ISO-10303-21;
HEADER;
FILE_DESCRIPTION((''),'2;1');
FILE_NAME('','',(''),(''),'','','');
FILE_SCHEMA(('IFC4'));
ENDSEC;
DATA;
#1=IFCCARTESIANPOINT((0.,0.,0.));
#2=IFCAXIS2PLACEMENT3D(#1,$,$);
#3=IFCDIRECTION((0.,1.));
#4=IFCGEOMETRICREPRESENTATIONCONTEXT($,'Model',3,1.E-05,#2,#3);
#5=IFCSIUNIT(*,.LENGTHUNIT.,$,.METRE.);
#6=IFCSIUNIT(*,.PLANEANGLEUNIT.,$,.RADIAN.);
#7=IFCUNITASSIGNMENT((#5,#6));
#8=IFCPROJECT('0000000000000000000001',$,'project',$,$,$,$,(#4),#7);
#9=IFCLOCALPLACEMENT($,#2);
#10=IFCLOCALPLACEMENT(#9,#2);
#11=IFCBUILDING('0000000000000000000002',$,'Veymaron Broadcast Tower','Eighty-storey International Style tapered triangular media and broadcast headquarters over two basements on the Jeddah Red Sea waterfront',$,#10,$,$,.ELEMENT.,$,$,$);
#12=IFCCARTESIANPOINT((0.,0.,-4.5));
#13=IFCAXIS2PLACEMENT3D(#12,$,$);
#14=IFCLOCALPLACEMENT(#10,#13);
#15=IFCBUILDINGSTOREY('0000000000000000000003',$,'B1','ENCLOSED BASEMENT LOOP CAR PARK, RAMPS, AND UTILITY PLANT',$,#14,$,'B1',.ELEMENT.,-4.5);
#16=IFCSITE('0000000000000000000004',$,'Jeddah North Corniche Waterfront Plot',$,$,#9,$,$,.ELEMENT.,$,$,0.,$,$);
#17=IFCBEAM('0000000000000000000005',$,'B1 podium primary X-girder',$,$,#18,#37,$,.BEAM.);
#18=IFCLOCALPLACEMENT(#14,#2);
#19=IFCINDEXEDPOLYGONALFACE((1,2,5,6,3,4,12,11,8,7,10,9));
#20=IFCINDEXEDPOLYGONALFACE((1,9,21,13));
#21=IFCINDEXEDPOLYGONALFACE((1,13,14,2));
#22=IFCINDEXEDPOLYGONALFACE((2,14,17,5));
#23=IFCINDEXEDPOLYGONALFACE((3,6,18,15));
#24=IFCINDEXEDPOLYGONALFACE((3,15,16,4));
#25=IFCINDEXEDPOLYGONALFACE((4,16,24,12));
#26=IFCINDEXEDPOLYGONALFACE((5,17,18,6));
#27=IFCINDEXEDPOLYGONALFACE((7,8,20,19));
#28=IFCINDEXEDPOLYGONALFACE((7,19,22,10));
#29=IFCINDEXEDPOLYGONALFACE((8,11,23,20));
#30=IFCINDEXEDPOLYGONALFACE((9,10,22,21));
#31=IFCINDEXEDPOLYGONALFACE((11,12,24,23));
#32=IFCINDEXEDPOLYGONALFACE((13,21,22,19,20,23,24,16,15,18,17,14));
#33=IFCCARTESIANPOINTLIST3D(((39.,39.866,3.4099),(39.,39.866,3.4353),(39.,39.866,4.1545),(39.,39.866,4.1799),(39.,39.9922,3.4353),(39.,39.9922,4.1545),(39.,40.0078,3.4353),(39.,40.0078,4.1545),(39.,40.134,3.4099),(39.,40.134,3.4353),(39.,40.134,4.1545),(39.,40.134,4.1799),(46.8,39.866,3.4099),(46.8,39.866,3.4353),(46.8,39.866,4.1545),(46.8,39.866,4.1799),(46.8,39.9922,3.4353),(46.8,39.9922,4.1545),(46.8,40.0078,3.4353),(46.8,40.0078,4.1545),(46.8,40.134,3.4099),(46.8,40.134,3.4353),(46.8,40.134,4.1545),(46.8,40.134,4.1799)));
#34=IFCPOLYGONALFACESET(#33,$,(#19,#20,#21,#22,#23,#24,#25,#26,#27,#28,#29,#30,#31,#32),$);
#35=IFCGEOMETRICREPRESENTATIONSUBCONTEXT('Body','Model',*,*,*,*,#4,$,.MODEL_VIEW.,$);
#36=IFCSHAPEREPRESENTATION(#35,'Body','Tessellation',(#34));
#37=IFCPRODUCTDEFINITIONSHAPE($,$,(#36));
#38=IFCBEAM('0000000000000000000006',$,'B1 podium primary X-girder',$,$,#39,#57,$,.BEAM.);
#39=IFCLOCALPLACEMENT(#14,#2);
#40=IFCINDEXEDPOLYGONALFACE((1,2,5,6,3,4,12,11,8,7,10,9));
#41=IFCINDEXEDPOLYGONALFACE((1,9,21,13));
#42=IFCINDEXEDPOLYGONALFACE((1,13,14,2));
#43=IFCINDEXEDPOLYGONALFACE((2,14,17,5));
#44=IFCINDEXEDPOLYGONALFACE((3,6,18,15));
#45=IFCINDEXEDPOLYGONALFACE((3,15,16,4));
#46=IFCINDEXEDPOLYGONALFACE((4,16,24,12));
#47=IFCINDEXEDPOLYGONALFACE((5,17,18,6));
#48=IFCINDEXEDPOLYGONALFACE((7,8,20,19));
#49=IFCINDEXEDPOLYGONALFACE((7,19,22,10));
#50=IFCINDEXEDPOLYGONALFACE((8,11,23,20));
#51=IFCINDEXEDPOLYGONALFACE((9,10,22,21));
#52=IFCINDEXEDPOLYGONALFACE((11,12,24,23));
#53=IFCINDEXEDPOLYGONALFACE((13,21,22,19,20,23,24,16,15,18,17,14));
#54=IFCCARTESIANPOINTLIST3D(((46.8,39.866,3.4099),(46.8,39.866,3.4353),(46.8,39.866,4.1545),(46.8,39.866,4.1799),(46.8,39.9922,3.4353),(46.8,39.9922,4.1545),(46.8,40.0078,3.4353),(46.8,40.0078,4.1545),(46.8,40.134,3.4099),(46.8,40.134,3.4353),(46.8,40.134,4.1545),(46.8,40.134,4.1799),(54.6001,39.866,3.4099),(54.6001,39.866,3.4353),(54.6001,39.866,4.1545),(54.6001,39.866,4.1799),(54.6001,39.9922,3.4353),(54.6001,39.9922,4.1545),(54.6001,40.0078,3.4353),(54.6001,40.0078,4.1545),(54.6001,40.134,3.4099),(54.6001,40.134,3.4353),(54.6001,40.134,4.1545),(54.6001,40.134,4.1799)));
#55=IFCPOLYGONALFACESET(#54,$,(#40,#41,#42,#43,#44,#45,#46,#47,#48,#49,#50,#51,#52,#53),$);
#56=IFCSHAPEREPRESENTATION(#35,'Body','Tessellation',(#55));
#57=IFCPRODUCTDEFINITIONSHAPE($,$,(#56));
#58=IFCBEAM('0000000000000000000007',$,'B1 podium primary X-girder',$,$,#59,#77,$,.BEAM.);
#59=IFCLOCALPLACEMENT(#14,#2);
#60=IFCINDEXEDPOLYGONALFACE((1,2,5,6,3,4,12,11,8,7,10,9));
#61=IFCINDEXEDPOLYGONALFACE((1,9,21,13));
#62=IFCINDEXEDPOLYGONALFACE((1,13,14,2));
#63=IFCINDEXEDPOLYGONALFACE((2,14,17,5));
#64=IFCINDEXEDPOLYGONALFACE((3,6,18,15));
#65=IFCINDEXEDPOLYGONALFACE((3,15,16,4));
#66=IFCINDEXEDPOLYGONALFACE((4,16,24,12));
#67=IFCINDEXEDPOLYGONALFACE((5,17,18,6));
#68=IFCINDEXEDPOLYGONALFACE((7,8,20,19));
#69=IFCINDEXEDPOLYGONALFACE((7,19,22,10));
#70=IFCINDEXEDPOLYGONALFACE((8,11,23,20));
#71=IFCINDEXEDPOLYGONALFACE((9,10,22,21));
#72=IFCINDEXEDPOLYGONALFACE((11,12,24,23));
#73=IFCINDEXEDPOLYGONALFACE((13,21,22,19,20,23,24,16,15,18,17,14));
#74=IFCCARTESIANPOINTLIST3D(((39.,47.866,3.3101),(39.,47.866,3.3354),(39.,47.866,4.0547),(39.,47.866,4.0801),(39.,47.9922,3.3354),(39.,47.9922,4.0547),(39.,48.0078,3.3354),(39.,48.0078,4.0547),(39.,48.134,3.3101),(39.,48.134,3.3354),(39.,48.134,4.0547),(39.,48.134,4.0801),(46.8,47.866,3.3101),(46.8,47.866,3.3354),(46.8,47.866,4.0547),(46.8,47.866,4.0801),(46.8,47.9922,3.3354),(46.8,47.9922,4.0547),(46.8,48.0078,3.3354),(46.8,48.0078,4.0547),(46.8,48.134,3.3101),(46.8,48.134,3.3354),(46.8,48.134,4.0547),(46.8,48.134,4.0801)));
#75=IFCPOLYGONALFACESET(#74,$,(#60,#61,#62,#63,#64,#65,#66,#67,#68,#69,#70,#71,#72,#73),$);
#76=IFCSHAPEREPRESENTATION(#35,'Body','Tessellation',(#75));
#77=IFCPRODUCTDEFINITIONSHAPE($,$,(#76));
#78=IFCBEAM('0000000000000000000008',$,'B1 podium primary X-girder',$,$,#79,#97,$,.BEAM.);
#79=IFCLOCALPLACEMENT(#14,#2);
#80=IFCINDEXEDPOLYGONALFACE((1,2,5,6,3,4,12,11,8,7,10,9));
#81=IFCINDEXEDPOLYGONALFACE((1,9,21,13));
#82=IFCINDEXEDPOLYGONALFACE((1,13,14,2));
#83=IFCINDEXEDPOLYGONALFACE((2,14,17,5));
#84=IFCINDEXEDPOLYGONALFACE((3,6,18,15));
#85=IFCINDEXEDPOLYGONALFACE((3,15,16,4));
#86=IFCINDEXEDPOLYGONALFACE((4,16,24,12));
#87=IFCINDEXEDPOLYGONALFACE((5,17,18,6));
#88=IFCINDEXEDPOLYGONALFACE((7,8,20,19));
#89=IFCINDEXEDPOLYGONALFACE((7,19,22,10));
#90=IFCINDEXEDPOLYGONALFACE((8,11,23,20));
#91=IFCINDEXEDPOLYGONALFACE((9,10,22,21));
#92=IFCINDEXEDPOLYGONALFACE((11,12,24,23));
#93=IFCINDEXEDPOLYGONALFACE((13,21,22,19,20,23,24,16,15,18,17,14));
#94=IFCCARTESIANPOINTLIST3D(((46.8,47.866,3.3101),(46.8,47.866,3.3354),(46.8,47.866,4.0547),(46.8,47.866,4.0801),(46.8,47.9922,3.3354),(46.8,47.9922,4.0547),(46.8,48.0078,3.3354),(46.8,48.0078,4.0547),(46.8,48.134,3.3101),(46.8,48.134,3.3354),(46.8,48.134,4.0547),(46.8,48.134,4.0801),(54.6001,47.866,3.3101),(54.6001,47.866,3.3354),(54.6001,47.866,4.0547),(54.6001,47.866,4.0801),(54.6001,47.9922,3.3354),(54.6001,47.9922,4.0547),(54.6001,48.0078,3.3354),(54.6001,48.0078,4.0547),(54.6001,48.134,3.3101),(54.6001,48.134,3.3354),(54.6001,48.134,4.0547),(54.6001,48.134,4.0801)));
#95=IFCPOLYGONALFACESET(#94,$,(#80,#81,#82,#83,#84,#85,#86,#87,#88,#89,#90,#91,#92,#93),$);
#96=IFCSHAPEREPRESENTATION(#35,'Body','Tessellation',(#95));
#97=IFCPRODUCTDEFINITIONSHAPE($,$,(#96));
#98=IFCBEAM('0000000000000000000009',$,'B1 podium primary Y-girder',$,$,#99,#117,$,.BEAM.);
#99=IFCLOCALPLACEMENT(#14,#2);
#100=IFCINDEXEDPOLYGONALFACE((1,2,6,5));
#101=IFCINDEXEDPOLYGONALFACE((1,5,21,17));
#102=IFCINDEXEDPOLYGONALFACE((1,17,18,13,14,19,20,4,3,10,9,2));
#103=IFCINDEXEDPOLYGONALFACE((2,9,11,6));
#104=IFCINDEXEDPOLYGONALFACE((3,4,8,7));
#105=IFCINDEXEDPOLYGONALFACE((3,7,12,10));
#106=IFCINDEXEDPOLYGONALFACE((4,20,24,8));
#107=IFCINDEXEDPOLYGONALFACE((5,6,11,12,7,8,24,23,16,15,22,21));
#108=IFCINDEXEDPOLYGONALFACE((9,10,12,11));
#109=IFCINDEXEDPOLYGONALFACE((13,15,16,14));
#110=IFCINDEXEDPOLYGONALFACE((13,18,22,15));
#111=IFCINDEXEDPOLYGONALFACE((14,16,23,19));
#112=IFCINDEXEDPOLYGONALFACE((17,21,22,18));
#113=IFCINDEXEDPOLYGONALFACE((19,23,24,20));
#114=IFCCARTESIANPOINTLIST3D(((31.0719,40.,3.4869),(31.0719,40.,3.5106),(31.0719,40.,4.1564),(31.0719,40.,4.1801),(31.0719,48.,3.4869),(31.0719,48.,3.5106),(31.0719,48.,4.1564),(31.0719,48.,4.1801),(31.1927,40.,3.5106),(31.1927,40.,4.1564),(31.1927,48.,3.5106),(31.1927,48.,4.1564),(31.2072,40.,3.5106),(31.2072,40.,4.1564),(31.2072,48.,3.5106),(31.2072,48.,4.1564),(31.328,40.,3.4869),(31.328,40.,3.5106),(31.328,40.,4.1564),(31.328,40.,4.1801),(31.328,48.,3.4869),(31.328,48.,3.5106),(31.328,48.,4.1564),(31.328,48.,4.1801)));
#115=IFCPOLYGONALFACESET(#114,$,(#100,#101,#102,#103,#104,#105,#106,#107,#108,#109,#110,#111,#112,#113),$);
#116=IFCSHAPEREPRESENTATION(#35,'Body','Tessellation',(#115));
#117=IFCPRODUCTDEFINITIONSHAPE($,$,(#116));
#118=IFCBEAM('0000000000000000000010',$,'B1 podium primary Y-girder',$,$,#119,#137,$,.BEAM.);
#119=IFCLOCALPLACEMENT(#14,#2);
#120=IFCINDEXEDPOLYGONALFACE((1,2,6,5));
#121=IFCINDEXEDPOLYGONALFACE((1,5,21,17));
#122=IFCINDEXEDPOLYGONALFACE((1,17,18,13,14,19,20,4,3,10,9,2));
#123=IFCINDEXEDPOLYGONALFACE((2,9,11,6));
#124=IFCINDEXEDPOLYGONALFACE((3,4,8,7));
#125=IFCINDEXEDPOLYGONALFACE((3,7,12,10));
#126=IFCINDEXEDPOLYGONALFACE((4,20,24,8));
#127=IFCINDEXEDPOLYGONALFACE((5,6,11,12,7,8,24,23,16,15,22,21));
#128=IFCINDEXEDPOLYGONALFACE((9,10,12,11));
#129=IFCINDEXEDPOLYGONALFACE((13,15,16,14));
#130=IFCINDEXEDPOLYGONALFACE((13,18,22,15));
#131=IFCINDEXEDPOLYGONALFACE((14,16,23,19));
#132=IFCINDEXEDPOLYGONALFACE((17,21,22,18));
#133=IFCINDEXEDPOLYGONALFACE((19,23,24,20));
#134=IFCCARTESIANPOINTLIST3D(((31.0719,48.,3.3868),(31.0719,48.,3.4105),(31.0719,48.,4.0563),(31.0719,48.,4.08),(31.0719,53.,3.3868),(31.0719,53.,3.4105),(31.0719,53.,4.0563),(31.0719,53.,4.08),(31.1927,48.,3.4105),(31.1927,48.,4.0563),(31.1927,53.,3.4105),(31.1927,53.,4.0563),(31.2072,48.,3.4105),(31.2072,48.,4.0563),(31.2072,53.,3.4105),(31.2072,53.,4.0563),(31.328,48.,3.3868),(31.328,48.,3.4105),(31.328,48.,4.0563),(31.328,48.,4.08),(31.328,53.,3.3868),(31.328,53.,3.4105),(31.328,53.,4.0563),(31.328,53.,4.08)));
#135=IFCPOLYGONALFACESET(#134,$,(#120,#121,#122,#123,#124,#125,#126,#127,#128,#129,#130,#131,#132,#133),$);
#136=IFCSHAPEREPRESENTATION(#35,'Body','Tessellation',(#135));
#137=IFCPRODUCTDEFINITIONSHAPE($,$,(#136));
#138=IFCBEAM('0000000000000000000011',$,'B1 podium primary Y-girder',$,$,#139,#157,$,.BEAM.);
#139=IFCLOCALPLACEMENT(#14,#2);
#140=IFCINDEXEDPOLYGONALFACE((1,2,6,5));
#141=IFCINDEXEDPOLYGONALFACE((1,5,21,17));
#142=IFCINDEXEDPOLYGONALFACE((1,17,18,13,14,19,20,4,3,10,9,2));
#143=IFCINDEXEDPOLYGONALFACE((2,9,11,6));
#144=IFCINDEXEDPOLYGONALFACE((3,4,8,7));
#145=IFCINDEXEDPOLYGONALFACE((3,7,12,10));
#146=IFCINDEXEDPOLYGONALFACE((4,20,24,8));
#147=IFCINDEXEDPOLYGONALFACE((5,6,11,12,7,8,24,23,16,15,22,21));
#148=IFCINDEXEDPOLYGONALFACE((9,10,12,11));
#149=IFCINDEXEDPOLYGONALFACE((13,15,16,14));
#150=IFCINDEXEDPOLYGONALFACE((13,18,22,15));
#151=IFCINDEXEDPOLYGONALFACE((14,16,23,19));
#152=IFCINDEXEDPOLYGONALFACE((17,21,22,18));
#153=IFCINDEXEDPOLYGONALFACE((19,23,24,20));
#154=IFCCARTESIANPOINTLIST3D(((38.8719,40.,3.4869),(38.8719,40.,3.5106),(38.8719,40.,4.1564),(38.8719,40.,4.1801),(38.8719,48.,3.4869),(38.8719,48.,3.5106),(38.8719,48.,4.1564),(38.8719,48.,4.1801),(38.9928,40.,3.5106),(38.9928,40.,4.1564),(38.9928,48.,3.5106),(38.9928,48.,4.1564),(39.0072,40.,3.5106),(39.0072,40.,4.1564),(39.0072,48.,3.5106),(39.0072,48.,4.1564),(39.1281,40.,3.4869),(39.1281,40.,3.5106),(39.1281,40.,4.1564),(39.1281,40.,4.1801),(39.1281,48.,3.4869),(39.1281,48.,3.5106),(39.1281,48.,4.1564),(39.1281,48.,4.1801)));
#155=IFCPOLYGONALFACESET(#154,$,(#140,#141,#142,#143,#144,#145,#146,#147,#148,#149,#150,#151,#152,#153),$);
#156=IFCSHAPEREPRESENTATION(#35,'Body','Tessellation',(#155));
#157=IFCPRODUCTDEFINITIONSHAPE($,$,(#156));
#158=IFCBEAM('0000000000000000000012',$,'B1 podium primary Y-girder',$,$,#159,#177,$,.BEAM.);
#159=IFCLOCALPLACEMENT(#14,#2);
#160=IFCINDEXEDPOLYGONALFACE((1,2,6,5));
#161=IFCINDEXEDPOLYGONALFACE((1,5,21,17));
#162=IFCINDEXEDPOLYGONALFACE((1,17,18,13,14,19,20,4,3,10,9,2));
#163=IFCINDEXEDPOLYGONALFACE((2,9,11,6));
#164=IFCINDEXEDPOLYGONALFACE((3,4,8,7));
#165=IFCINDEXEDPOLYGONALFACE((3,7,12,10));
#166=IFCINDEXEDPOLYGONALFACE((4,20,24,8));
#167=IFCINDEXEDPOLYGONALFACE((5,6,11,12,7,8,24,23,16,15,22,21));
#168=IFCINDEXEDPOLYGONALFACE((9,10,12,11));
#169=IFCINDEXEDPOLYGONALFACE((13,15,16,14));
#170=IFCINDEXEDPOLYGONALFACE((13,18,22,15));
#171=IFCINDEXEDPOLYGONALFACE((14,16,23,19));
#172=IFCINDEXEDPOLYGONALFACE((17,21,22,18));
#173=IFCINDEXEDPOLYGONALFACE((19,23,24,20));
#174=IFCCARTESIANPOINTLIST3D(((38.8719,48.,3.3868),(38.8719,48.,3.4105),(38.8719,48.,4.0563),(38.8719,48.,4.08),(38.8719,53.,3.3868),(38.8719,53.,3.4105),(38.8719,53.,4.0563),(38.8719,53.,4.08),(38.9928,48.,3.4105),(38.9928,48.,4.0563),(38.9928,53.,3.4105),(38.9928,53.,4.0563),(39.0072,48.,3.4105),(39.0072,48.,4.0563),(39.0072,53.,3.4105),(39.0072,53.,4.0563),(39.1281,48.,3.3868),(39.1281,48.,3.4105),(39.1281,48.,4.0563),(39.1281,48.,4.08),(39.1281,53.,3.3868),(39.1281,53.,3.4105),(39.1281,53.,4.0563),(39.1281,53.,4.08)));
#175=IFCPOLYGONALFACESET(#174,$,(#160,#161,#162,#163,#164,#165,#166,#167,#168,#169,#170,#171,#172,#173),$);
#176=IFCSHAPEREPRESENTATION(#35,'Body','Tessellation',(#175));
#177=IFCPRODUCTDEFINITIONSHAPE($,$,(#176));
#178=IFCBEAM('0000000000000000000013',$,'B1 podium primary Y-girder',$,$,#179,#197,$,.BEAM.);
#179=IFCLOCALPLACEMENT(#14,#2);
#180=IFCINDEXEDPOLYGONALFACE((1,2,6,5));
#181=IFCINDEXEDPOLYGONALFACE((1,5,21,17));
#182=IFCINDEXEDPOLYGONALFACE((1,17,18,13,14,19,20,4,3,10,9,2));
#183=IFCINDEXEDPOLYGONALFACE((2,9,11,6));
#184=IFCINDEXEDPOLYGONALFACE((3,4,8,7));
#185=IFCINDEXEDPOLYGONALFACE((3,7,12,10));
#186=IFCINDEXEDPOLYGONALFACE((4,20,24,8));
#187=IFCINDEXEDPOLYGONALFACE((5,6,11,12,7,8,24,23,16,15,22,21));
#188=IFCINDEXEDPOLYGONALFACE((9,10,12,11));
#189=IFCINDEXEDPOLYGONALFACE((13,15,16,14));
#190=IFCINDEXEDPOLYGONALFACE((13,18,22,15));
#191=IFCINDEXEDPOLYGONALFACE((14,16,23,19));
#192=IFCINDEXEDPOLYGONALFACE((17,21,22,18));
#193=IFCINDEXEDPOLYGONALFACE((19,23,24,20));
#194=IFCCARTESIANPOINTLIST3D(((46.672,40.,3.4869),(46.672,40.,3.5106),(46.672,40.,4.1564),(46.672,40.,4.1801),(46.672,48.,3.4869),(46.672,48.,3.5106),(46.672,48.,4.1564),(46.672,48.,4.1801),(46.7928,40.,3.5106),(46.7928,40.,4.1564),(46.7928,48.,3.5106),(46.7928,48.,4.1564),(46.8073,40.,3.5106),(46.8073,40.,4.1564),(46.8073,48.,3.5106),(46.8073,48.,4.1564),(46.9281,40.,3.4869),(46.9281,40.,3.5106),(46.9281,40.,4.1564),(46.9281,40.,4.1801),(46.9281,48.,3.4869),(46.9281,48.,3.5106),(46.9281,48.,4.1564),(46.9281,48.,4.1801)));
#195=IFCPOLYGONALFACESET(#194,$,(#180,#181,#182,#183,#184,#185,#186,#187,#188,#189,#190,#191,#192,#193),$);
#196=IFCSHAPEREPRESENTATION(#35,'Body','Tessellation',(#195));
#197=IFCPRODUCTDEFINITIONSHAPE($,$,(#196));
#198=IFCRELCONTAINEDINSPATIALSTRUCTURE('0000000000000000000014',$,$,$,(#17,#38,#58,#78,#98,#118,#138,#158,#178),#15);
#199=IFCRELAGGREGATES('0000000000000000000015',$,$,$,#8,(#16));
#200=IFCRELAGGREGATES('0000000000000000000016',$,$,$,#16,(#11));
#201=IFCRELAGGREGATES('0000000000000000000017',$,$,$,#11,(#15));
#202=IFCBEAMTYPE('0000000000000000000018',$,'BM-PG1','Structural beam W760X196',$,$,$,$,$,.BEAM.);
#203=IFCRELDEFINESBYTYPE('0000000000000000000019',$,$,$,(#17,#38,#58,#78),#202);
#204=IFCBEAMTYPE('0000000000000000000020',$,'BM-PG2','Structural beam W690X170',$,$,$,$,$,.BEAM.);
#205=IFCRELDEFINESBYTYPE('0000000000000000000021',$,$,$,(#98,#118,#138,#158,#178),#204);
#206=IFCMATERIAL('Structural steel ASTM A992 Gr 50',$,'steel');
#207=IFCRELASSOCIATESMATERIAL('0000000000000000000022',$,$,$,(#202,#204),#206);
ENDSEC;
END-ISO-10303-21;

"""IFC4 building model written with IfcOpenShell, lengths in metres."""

from ifc_helpers import new_model, si_unit, direction, frame, origin, origin_2d, place, context, subcontext, project, spatial, i_section, extrude, material, material_profile, profile_set, type_object, element, save


model = new_model("IFC4")

# Units and contexts
model_context = context("Model", 3, precision=1e-05, world=origin(), true_north=direction((0.0, 1.0)))
body_context = subcontext(model_context, "Body", "Model", "MODEL_VIEW")
ifc_project = project(units=[si_unit("LENGTHUNIT", "METRE"), si_unit("PLANEANGLEUNIT", "RADIAN")], contexts=[model_context])

# Site, building, storey
site_placement = place(None, origin())
site = spatial("IfcSite", under=ifc_project, at=site_placement, Name="Jeddah North Corniche Waterfront Plot", CompositionType="ELEMENT", RefElevation=0.0)
building_placement = place(site_placement, origin())
building = spatial("IfcBuilding", under=site, at=building_placement, Name="Veymaron Broadcast Tower", Description="Eighty-storey International Style tapered triangular media and broadcast headquarters over two basements on the Jeddah Red Sea waterfront", CompositionType="ELEMENT")
storey_placement = place(building_placement, frame((0.0, 0.0, -4.5)))
storey = spatial("IfcBuildingStorey", under=building, at=storey_placement, Name="B1", Description="ENCLOSED BASEMENT LOOP CAR PARK, RAMPS, AND UTILITY PLANT", LongName="B1", CompositionType="ELEMENT", Elevation=-4.5)

# Beams
ifc_material_1 = material(Name="Structural steel ASTM A992 Gr 50", Category="steel")
ifc_material_profile_1 = material_profile(ifc_material_1, i_section(OverallWidth=0.2681, OverallDepth=0.77, WebThickness=0.0156, FlangeThickness=0.0254, at=origin_2d()), Name="W760X196")
ifc_profile_set_1 = profile_set([ifc_material_profile_1], Name="Structural steel ASTM A992 Gr 50")
beam_type_1 = type_object("IfcBeamType", Name="BM-PG1", Description="Structural beam W760X196", PredefinedType="BEAM", material=ifc_profile_set_1)
for number, where, z_axis, x_axis, name in (
    (1, (39.0, 40.0, 3.7949), (1.0, 0.0, 0.0), (0.0, 1.0, 0.0), "B1 podium primary X-girder"),
    (2, (46.8, 40.0, 3.7949), (1.0, 0.0, 0.0), (0.0, 1.0, 0.0), "B1 podium primary X-girder"),
    (3, (39.0, 48.0, 3.6951), (1.0, 0.0, 0.0), (0.0, 1.0, 0.0), "B1 podium primary X-girder"),
    (4, (46.8, 48.0, 3.6951), (1.0, 0.0, 0.0), (0.0, 1.0, 0.0), "B1 podium primary X-girder"),
):
    element("IfcBeam", number, at=place(storey_placement, frame(where, z_axis=z_axis, x_axis=x_axis)), inside=storey, type_object=beam_type_1, Name=name, PredefinedType="BEAM", context=body_context, shape_type="SweptSolid", body=[
        extrude(i_section(OverallWidth=0.2681, OverallDepth=0.77, WebThickness=0.0156, FlangeThickness=0.0254, at=origin_2d()), origin(), (0.0, 0.0, 1.0), 7.8),
    ])
ifc_material_profile_2 = material_profile(ifc_material_1, i_section(OverallWidth=0.2561, OverallDepth=0.6931, WebThickness=0.0144, FlangeThickness=0.0237, at=origin_2d()), Name="W690X170")
ifc_profile_set_2 = profile_set([ifc_material_profile_2], Name="Structural steel ASTM A992 Gr 50")
beam_type_2 = type_object("IfcBeamType", Name="BM-PG2", Description="Structural beam W690X170", PredefinedType="BEAM", material=ifc_profile_set_2)
beam_1_placement = place(storey_placement, frame((31.2, 40.0, 3.8335), z_axis=(0.0, 1.0, 0.0), x_axis=(-1.0, 0.0, 0.0)))
element("IfcBeam", 5, at=beam_1_placement, inside=storey, type_object=beam_type_2, Name="B1 podium primary Y-girder", PredefinedType="BEAM", context=body_context, shape_type="SweptSolid", body=[
    extrude(i_section(OverallWidth=0.2561, OverallDepth=0.6931, WebThickness=0.0144, FlangeThickness=0.0237, at=origin_2d()), origin(), (0.0, 0.0, 1.0), 8.0),
])
beam_2_placement = place(storey_placement, frame((31.2, 48.0, 3.7334), z_axis=(0.0, 1.0, 0.0), x_axis=(-1.0, 0.0, 0.0)))
element("IfcBeam", 6, at=beam_2_placement, inside=storey, type_object=beam_type_2, Name="B1 podium primary Y-girder", PredefinedType="BEAM", context=body_context, shape_type="SweptSolid", body=[
    extrude(i_section(OverallWidth=0.2561, OverallDepth=0.6931, WebThickness=0.0144, FlangeThickness=0.0237, at=origin_2d()), origin(), (0.0, 0.0, 1.0), 5.0),
])
beam_3_placement = place(storey_placement, frame((39.0, 40.0, 3.8335), z_axis=(0.0, 1.0, 0.0), x_axis=(-1.0, 0.0, 0.0)))
element("IfcBeam", 7, at=beam_3_placement, inside=storey, type_object=beam_type_2, Name="B1 podium primary Y-girder", PredefinedType="BEAM", context=body_context, shape_type="SweptSolid", body=[
    extrude(i_section(OverallWidth=0.2561, OverallDepth=0.6931, WebThickness=0.0144, FlangeThickness=0.0237, at=origin_2d()), origin(), (0.0, 0.0, 1.0), 8.0),
])
beam_4_placement = place(storey_placement, frame((39.0, 48.0, 3.7334), z_axis=(0.0, 1.0, 0.0), x_axis=(-1.0, 0.0, 0.0)))
element("IfcBeam", 8, at=beam_4_placement, inside=storey, type_object=beam_type_2, Name="B1 podium primary Y-girder", PredefinedType="BEAM", context=body_context, shape_type="SweptSolid", body=[
    extrude(i_section(OverallWidth=0.2561, OverallDepth=0.6931, WebThickness=0.0144, FlangeThickness=0.0237, at=origin_2d()), origin(), (0.0, 0.0, 1.0), 5.0),
])
beam_5_placement = place(storey_placement, frame((46.8, 40.0, 3.8335), z_axis=(0.0, 1.0, 0.0), x_axis=(-1.0, 0.0, 0.0)))
element("IfcBeam", 9, at=beam_5_placement, inside=storey, type_object=beam_type_2, Name="B1 podium primary Y-girder", PredefinedType="BEAM", context=body_context, shape_type="SweptSolid", body=[
    extrude(i_section(OverallWidth=0.2561, OverallDepth=0.6931, WebThickness=0.0144, FlangeThickness=0.0237, at=origin_2d()), origin(), (0.0, 0.0, 1.0), 8.0),
])

save(model, "model.ifc")
